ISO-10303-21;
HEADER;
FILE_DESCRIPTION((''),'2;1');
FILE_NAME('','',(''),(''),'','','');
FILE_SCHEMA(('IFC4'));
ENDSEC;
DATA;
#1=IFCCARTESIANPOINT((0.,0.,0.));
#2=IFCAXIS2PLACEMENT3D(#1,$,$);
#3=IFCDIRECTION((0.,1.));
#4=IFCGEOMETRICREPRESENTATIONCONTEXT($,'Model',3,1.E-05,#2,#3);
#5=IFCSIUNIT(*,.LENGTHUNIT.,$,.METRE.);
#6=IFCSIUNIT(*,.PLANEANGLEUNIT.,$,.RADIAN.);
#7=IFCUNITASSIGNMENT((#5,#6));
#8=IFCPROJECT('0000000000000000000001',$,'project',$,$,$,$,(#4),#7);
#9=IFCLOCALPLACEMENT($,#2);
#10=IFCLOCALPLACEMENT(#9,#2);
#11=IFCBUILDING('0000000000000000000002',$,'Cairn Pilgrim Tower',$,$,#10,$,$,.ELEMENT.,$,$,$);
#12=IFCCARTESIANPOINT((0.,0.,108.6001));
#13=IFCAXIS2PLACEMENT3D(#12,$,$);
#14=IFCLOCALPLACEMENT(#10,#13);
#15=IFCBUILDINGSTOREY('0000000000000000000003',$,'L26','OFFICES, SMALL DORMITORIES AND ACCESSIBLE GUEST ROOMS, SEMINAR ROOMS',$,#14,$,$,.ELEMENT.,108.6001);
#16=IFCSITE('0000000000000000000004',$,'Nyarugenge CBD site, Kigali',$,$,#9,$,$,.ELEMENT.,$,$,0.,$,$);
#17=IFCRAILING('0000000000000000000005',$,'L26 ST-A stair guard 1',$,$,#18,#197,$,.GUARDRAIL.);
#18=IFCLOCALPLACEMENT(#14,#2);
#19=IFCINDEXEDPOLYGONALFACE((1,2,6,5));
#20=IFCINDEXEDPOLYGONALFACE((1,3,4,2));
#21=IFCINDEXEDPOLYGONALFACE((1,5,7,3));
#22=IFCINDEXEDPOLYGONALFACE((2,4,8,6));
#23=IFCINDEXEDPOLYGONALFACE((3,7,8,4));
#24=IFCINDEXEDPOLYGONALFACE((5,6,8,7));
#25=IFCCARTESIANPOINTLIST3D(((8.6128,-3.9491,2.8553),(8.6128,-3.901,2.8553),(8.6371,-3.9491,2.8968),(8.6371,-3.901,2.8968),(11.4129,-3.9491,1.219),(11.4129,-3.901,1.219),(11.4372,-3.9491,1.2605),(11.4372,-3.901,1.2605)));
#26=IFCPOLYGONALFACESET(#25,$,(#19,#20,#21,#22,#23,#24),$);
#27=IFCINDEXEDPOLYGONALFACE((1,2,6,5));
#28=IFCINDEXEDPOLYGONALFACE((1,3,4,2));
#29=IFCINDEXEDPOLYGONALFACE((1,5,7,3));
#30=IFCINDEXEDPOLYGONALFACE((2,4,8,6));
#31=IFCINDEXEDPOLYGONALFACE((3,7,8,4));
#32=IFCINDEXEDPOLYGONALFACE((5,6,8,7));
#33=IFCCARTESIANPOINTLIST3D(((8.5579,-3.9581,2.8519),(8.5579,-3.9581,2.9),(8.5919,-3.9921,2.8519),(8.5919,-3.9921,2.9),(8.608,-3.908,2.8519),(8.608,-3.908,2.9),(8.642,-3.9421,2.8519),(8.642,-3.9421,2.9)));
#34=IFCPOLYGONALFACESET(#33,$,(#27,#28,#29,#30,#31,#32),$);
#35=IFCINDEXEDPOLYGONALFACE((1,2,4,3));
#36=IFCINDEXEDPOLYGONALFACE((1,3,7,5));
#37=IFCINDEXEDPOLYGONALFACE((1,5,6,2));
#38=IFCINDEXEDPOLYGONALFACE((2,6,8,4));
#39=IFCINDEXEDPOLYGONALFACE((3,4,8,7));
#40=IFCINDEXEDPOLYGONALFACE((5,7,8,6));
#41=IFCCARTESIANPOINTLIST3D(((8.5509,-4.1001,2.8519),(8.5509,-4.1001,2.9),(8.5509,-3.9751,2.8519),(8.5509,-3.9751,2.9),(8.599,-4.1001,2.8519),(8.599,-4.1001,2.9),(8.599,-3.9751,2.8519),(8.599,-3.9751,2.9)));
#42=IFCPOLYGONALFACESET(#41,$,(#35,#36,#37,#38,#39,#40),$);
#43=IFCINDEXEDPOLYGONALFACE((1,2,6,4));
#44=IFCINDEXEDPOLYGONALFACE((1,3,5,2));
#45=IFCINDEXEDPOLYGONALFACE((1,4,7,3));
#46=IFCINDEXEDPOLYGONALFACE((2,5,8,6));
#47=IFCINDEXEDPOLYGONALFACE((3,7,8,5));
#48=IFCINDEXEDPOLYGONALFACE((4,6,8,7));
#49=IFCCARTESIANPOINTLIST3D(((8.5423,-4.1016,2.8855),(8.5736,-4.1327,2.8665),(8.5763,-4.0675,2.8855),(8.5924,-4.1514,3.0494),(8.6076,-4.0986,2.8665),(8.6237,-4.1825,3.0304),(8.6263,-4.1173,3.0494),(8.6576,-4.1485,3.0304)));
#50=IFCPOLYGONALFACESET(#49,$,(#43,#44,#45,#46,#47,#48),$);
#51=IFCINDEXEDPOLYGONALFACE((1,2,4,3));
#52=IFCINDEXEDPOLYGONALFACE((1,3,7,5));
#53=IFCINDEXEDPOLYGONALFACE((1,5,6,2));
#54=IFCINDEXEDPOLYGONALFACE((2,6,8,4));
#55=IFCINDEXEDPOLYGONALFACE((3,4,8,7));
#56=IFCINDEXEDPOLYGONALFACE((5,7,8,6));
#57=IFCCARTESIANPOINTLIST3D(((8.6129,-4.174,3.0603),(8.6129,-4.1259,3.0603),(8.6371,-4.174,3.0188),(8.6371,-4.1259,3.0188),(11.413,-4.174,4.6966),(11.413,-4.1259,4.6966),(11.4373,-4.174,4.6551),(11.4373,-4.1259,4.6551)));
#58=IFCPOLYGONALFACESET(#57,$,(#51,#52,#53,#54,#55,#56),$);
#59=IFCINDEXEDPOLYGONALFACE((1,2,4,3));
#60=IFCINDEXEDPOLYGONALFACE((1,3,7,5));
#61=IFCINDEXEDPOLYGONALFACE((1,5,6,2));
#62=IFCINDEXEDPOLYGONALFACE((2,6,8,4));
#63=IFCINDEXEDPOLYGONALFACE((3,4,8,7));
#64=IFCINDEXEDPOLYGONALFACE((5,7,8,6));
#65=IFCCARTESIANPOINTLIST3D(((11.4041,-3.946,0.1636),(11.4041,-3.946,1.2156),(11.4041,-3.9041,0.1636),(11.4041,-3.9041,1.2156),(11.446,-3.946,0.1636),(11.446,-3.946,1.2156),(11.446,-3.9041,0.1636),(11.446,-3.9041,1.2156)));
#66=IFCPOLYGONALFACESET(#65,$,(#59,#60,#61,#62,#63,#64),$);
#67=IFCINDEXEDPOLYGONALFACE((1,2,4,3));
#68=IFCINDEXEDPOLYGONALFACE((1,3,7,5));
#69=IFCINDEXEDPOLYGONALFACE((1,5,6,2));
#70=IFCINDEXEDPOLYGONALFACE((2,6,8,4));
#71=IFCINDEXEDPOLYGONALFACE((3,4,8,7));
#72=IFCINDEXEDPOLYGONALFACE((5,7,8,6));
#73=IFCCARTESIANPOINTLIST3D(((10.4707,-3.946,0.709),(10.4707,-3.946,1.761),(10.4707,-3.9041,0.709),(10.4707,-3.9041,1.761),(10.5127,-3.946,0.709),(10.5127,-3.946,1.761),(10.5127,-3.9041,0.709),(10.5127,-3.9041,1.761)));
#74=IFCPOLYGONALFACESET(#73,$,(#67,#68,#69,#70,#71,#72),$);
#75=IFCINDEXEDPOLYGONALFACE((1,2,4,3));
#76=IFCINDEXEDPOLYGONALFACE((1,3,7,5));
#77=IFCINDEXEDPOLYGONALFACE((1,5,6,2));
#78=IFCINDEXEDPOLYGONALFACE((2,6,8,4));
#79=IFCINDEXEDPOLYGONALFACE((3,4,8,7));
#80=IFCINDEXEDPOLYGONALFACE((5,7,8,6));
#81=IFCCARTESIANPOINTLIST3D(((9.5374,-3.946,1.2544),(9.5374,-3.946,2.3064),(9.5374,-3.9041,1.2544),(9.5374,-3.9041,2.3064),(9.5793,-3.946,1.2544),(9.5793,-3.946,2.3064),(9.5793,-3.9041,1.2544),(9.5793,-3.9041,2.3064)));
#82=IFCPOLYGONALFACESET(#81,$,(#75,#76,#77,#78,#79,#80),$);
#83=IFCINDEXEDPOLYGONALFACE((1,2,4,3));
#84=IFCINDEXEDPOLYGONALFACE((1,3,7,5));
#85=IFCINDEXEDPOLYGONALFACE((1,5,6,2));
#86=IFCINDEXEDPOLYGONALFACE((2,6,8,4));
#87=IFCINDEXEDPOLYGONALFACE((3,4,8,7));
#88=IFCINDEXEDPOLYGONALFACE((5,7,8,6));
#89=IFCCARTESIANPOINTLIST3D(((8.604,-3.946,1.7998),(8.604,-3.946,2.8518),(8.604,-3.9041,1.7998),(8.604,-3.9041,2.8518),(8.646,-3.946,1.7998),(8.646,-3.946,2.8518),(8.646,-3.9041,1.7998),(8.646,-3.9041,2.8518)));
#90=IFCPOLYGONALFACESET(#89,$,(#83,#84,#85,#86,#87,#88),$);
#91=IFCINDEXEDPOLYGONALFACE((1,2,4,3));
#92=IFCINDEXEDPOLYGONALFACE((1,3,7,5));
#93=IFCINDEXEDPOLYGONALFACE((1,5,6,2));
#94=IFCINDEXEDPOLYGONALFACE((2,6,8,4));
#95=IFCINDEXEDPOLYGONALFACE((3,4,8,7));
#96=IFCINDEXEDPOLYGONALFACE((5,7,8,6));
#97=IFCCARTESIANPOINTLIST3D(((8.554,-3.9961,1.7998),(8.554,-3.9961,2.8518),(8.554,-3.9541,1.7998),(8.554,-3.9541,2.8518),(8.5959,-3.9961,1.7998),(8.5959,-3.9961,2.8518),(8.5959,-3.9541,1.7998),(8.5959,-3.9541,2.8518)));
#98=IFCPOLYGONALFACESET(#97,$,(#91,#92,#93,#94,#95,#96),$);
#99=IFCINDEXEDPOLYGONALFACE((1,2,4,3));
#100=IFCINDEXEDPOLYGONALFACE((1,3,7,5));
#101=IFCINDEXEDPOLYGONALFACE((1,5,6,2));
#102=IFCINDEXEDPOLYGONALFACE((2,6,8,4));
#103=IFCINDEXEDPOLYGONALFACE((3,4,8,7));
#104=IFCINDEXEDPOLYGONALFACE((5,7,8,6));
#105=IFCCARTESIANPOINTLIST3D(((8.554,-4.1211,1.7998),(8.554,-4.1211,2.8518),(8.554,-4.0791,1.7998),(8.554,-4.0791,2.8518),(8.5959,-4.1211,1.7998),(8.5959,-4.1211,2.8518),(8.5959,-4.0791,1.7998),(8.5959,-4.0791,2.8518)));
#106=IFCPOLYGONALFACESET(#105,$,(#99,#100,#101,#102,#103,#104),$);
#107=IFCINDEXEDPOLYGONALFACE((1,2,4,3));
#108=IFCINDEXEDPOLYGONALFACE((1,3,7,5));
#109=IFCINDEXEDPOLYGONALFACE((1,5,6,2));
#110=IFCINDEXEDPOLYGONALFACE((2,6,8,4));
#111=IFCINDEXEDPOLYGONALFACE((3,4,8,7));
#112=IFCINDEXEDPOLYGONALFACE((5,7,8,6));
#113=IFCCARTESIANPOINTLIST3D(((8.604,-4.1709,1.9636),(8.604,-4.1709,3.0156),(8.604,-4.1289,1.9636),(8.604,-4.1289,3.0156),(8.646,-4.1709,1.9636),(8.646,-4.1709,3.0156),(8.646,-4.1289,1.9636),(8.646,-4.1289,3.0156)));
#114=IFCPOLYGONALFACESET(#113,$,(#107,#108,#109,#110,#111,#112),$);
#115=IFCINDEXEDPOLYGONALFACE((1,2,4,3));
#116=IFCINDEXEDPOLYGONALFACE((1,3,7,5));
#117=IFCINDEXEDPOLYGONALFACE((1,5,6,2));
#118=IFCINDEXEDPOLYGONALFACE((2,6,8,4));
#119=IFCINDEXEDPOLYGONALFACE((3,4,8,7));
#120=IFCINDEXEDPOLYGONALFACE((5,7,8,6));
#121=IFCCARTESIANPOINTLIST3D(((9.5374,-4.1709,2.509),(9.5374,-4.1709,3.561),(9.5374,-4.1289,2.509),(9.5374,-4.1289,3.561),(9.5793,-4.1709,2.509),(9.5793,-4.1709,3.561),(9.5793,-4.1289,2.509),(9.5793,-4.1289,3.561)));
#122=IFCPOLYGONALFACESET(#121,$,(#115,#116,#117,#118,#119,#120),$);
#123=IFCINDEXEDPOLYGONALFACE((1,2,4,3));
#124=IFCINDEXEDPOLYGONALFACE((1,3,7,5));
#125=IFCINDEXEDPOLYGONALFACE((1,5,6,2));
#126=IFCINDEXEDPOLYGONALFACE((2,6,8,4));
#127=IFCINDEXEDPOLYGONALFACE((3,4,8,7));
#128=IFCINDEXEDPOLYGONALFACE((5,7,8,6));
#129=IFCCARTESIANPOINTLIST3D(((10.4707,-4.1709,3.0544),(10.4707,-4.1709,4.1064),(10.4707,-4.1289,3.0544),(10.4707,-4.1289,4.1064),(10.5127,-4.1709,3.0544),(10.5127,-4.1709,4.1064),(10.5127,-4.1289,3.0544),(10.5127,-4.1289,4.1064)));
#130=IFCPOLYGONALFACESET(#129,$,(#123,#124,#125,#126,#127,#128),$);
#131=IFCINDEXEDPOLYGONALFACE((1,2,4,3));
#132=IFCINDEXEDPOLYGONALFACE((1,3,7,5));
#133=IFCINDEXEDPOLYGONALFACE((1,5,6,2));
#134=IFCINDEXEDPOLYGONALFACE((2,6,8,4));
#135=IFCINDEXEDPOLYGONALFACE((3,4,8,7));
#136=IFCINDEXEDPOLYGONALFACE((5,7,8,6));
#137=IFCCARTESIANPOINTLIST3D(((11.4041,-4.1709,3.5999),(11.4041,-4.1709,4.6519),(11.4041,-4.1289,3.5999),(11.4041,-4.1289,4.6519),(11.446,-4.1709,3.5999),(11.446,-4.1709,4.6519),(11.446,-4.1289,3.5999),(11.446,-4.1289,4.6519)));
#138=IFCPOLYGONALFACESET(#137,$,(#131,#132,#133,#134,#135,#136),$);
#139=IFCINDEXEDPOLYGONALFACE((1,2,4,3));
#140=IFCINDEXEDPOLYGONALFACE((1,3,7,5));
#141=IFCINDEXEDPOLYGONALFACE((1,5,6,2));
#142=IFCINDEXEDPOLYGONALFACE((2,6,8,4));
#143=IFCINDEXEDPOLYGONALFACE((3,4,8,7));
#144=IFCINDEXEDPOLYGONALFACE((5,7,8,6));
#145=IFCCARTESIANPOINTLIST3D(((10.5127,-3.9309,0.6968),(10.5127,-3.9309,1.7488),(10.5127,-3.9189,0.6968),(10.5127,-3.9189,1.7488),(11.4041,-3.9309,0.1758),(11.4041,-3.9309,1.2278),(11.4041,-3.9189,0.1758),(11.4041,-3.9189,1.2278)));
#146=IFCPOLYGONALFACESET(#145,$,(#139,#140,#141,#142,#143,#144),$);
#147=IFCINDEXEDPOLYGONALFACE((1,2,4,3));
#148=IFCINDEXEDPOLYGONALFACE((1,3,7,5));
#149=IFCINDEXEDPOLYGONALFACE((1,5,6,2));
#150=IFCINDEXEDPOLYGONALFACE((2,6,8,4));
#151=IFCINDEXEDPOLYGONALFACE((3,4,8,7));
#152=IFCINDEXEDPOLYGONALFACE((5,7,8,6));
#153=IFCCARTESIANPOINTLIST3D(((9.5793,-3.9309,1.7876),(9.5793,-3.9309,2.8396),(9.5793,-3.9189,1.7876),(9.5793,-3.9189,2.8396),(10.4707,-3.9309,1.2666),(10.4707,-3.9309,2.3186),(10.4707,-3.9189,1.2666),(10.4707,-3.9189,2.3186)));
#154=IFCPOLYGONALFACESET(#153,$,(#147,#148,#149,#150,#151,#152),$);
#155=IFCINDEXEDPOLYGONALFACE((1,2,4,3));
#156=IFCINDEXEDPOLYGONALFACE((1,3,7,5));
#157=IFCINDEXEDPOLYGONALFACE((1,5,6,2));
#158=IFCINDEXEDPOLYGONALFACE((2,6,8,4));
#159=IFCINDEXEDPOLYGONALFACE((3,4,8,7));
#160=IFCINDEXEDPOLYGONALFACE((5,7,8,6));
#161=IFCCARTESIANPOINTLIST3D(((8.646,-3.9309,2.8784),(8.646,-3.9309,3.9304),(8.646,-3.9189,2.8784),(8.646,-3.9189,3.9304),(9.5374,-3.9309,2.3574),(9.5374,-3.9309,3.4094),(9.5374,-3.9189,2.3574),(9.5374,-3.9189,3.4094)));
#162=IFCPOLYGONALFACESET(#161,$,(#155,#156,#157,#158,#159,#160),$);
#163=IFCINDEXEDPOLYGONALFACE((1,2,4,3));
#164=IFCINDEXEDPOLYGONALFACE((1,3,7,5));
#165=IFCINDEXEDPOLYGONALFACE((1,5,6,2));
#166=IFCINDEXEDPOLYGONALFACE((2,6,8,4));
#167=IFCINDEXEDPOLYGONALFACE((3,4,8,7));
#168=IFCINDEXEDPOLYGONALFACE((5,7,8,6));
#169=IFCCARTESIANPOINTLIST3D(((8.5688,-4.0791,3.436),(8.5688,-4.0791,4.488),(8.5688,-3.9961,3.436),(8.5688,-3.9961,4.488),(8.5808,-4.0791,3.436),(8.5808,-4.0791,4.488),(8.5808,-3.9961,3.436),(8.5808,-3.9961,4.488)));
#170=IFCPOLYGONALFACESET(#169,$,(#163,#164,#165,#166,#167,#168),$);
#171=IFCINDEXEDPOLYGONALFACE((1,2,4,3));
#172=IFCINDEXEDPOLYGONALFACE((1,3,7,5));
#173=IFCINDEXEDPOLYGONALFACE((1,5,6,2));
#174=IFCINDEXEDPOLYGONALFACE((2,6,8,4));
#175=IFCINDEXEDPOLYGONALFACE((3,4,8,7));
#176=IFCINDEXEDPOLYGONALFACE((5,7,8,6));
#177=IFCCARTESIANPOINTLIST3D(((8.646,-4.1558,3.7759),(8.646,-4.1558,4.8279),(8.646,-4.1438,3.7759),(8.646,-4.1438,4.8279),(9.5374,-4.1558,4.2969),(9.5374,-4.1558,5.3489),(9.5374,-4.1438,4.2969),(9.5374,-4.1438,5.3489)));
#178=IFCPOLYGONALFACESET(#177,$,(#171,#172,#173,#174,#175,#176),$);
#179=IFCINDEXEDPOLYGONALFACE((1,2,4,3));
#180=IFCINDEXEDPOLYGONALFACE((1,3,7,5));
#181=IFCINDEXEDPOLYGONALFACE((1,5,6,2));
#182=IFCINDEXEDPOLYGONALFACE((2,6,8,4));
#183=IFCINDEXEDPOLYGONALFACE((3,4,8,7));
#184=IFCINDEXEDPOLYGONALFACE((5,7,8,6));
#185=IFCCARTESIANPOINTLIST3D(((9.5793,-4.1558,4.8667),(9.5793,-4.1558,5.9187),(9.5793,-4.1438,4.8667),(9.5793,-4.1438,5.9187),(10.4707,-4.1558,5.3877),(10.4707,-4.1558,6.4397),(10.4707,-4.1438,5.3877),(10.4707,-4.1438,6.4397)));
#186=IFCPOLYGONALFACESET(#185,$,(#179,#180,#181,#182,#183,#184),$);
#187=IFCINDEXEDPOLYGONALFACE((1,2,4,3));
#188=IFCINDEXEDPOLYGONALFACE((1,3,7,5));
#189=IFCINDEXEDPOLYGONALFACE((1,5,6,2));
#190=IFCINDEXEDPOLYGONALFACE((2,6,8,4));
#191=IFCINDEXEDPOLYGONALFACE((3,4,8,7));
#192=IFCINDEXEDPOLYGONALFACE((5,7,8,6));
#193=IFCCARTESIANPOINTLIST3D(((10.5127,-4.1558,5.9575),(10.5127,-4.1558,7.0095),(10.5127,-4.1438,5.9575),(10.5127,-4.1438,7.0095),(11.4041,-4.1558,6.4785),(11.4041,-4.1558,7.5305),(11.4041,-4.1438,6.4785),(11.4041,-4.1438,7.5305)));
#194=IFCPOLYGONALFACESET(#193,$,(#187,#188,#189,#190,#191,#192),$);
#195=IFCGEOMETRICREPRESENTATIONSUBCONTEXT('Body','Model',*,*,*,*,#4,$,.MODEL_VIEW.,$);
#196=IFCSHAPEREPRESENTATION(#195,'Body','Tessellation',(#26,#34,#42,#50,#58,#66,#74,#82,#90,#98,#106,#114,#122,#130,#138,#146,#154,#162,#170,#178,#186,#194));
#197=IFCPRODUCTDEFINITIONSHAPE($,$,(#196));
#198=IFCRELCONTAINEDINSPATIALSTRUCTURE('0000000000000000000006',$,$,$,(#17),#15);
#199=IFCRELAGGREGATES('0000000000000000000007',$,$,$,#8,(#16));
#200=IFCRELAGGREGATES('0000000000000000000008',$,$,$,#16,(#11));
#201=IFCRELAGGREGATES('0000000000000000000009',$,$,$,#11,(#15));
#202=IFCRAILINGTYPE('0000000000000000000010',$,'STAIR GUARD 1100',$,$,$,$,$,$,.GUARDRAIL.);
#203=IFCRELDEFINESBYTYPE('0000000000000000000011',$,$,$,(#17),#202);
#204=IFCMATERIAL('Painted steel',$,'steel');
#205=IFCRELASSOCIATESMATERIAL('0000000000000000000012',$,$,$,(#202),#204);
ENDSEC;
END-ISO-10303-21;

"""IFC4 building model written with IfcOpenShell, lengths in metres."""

from ifc_helpers import new_model, si_unit, direction, frame, origin, origin_2d, place, context, subcontext, project, spatial, polyline, rectangle, outline, extrude, material, type_object, element, save


model = new_model("IFC4")

# Units and contexts
model_context = context("Model", 3, precision=1e-05, world=origin(), true_north=direction((0.0, 1.0)))
body_context = subcontext(model_context, "Body", "Model", "MODEL_VIEW")
ifc_project = project(units=[si_unit("LENGTHUNIT", "METRE"), si_unit("PLANEANGLEUNIT", "RADIAN")], contexts=[model_context])

# Site, building, storey
site_placement = place(None, origin())
site = spatial("IfcSite", under=ifc_project, at=site_placement, Name="Nyarugenge CBD site, Kigali", CompositionType="ELEMENT", RefElevation=0.0)
building_placement = place(site_placement, origin())
building = spatial("IfcBuilding", under=site, at=building_placement, Name="Cairn Pilgrim Tower", CompositionType="ELEMENT")
storey_placement = place(building_placement, frame((0.0, 0.0, 108.6001)))
storey = spatial("IfcBuildingStorey", under=building, at=storey_placement, Name="L26", Description="OFFICES, SMALL DORMITORIES AND ACCESSIBLE GUEST ROOMS, SEMINAR ROOMS", CompositionType="ELEMENT", Elevation=108.6001)

# Shared definitions
ifc_material_1 = material(Name="Painted steel", Category="steel")

# Railing
railing_type_1 = type_object("IfcRailingType", Name="STAIR GUARD 1100", PredefinedType="GUARDRAIL", material=ifc_material_1)
railing_1_placement = place(storey_placement, frame((11.425, -3.925, 0.1636)))
element("IfcRailing", 1, at=railing_1_placement, inside=storey, type_object=railing_type_1, Name="L26 ST-A stair guard 1", PredefinedType="GUARDRAIL", context=body_context, shape_type="SweptSolid", body=[
    extrude(rectangle(XDim=0.0481, YDim=0.0481, at=origin_2d()), frame((0.0, 0.0, 1.0762), z_axis=(-0.863394, 0.0, 0.504531), x_axis=(0.0, -1.0, 0.0)), (0.0, 0.0, 1.0), 3.2432),
    extrude(rectangle(XDim=0.0481, YDim=0.0481, at=origin_2d()), frame((-2.8, 0.0, 2.7124), z_axis=(-0.707107, -0.707107, 0.0), x_axis=(0.707107, -0.707107, 0.0)), (0.0, 0.0, 1.0), 0.0708),
    extrude(rectangle(XDim=0.0481, YDim=0.0481, at=origin_2d()), frame((-2.8501, -0.05, 2.7124), z_axis=(0.0, -1.0, 0.0), x_axis=(1.0, 0.0, 0.0)), (0.0, 0.0, 1.0), 0.125),
    extrude(rectangle(XDim=0.0481, YDim=0.0481, at=origin_2d()), frame((-2.8501, -0.175, 2.7124), z_axis=(0.280564, -0.279195, 0.918332), x_axis=(0.705376, 0.708834, 0.0)), (0.0, 0.0, 1.0), 0.1785),
    extrude(rectangle(XDim=0.0481, YDim=0.0481, at=origin_2d()), frame((-2.8, -0.2249, 2.876), z_axis=(0.863394, 0.0, 0.504531), x_axis=(0.0, 1.0, 0.0)), (0.0, 0.0, 1.0), 3.2432),
    extrude(rectangle(XDim=0.042, YDim=0.042, at=origin_2d()), origin(), (0.0, 0.0, 1.0), 1.052),
    extrude(rectangle(XDim=0.042, YDim=0.042, at=origin_2d()), frame((-0.9333, 0.0, 0.5454)), (0.0, 0.0, 1.0), 1.052),
    extrude(rectangle(XDim=0.042, YDim=0.042, at=origin_2d()), frame((-1.8667, 0.0, 1.0908)), (0.0, 0.0, 1.0), 1.052),
    extrude(rectangle(XDim=0.042, YDim=0.042, at=origin_2d()), frame((-2.8, 0.0, 1.6362)), (0.0, 0.0, 1.0), 1.052),
    extrude(rectangle(XDim=0.042, YDim=0.042, at=origin_2d()), frame((-2.8501, -0.05, 1.6362)), (0.0, 0.0, 1.0), 1.052),
    extrude(rectangle(XDim=0.042, YDim=0.042, at=origin_2d()), frame((-2.8501, -0.175, 1.6362)), (0.0, 0.0, 1.0), 1.052),
    extrude(rectangle(XDim=0.042, YDim=0.042, at=origin_2d()), frame((-2.8, -0.2249, 1.8)), (0.0, 0.0, 1.0), 1.052),
    extrude(rectangle(XDim=0.042, YDim=0.042, at=origin_2d()), frame((-1.8667, -0.2249, 2.3455)), (0.0, 0.0, 1.0), 1.052),
    extrude(rectangle(XDim=0.042, YDim=0.042, at=origin_2d()), frame((-0.9333, -0.2249, 2.8909)), (0.0, 0.0, 1.0), 1.052),
    extrude(rectangle(XDim=0.042, YDim=0.042, at=origin_2d()), frame((0.0, -0.2249, 3.4363)), (0.0, 0.0, 1.0), 1.052),
    extrude(outline(polyline([(0.021, 0.0122), (0.9124, 0.5332), (0.9124, 1.5852), (0.021, 1.0642), (0.021, 0.0122)])), frame((0.0, -0.0059, 0.0), z_axis=(0.0, 1.0, 0.0), x_axis=(-1.0, 0.0, 0.0)), (0.0, 0.0, 1.0), 0.012),
    extrude(outline(polyline([(0.021, 0.5576), (0.9124, 1.0786), (0.9124, 2.1306), (0.021, 1.6096), (0.021, 0.5576)])), frame((-0.9333, -0.0059, 0.5454), z_axis=(0.0, 1.0, 0.0), x_axis=(-1.0, 0.0, 0.0)), (0.0, 0.0, 1.0), 0.012),
    extrude(outline(polyline([(0.021, 1.103), (0.9124, 1.624), (0.9124, 2.676), (0.021, 2.155), (0.021, 1.103)])), frame((-1.8667, -0.0059, 1.0908), z_axis=(0.0, 1.0, 0.0), x_axis=(-1.0, 0.0, 0.0)), (0.0, 0.0, 1.0), 0.012),
    extrude(outline(polyline([(0.021, 1.6362), (0.104, 1.6362), (0.104, 2.6882), (0.021, 2.6882), (0.021, 1.6362)])), frame((-2.8442, -0.05, 1.6362), z_axis=(-1.0, 0.0, 0.0), x_axis=(0.0, -1.0, 0.0)), (0.0, 0.0, 1.0), 0.012),
    extrude(outline(polyline([(0.021, 1.8123), (0.9124, 2.3333), (0.9124, 3.3853), (0.021, 2.8643), (0.021, 1.8123)])), frame((-2.8, -0.2188, 1.8), z_axis=(0.0, -1.0, 0.0), x_axis=(1.0, 0.0, 0.0)), (0.0, 0.0, 1.0), 0.012),
    extrude(outline(polyline([(0.021, 2.3577), (0.9124, 2.8787), (0.9124, 3.9307), (0.021, 3.4097), (0.021, 2.3577)])), frame((-1.8667, -0.2188, 2.3455), z_axis=(0.0, -1.0, 0.0), x_axis=(1.0, 0.0, 0.0)), (0.0, 0.0, 1.0), 0.012),
    extrude(outline(polyline([(0.021, 2.9031), (0.9124, 3.4241), (0.9124, 4.4761), (0.021, 3.9551), (0.021, 2.9031)])), frame((-0.9333, -0.2188, 2.8909), z_axis=(0.0, -1.0, 0.0), x_axis=(1.0, 0.0, 0.0)), (0.0, 0.0, 1.0), 0.012),
])

save(model, "model.ifc")
